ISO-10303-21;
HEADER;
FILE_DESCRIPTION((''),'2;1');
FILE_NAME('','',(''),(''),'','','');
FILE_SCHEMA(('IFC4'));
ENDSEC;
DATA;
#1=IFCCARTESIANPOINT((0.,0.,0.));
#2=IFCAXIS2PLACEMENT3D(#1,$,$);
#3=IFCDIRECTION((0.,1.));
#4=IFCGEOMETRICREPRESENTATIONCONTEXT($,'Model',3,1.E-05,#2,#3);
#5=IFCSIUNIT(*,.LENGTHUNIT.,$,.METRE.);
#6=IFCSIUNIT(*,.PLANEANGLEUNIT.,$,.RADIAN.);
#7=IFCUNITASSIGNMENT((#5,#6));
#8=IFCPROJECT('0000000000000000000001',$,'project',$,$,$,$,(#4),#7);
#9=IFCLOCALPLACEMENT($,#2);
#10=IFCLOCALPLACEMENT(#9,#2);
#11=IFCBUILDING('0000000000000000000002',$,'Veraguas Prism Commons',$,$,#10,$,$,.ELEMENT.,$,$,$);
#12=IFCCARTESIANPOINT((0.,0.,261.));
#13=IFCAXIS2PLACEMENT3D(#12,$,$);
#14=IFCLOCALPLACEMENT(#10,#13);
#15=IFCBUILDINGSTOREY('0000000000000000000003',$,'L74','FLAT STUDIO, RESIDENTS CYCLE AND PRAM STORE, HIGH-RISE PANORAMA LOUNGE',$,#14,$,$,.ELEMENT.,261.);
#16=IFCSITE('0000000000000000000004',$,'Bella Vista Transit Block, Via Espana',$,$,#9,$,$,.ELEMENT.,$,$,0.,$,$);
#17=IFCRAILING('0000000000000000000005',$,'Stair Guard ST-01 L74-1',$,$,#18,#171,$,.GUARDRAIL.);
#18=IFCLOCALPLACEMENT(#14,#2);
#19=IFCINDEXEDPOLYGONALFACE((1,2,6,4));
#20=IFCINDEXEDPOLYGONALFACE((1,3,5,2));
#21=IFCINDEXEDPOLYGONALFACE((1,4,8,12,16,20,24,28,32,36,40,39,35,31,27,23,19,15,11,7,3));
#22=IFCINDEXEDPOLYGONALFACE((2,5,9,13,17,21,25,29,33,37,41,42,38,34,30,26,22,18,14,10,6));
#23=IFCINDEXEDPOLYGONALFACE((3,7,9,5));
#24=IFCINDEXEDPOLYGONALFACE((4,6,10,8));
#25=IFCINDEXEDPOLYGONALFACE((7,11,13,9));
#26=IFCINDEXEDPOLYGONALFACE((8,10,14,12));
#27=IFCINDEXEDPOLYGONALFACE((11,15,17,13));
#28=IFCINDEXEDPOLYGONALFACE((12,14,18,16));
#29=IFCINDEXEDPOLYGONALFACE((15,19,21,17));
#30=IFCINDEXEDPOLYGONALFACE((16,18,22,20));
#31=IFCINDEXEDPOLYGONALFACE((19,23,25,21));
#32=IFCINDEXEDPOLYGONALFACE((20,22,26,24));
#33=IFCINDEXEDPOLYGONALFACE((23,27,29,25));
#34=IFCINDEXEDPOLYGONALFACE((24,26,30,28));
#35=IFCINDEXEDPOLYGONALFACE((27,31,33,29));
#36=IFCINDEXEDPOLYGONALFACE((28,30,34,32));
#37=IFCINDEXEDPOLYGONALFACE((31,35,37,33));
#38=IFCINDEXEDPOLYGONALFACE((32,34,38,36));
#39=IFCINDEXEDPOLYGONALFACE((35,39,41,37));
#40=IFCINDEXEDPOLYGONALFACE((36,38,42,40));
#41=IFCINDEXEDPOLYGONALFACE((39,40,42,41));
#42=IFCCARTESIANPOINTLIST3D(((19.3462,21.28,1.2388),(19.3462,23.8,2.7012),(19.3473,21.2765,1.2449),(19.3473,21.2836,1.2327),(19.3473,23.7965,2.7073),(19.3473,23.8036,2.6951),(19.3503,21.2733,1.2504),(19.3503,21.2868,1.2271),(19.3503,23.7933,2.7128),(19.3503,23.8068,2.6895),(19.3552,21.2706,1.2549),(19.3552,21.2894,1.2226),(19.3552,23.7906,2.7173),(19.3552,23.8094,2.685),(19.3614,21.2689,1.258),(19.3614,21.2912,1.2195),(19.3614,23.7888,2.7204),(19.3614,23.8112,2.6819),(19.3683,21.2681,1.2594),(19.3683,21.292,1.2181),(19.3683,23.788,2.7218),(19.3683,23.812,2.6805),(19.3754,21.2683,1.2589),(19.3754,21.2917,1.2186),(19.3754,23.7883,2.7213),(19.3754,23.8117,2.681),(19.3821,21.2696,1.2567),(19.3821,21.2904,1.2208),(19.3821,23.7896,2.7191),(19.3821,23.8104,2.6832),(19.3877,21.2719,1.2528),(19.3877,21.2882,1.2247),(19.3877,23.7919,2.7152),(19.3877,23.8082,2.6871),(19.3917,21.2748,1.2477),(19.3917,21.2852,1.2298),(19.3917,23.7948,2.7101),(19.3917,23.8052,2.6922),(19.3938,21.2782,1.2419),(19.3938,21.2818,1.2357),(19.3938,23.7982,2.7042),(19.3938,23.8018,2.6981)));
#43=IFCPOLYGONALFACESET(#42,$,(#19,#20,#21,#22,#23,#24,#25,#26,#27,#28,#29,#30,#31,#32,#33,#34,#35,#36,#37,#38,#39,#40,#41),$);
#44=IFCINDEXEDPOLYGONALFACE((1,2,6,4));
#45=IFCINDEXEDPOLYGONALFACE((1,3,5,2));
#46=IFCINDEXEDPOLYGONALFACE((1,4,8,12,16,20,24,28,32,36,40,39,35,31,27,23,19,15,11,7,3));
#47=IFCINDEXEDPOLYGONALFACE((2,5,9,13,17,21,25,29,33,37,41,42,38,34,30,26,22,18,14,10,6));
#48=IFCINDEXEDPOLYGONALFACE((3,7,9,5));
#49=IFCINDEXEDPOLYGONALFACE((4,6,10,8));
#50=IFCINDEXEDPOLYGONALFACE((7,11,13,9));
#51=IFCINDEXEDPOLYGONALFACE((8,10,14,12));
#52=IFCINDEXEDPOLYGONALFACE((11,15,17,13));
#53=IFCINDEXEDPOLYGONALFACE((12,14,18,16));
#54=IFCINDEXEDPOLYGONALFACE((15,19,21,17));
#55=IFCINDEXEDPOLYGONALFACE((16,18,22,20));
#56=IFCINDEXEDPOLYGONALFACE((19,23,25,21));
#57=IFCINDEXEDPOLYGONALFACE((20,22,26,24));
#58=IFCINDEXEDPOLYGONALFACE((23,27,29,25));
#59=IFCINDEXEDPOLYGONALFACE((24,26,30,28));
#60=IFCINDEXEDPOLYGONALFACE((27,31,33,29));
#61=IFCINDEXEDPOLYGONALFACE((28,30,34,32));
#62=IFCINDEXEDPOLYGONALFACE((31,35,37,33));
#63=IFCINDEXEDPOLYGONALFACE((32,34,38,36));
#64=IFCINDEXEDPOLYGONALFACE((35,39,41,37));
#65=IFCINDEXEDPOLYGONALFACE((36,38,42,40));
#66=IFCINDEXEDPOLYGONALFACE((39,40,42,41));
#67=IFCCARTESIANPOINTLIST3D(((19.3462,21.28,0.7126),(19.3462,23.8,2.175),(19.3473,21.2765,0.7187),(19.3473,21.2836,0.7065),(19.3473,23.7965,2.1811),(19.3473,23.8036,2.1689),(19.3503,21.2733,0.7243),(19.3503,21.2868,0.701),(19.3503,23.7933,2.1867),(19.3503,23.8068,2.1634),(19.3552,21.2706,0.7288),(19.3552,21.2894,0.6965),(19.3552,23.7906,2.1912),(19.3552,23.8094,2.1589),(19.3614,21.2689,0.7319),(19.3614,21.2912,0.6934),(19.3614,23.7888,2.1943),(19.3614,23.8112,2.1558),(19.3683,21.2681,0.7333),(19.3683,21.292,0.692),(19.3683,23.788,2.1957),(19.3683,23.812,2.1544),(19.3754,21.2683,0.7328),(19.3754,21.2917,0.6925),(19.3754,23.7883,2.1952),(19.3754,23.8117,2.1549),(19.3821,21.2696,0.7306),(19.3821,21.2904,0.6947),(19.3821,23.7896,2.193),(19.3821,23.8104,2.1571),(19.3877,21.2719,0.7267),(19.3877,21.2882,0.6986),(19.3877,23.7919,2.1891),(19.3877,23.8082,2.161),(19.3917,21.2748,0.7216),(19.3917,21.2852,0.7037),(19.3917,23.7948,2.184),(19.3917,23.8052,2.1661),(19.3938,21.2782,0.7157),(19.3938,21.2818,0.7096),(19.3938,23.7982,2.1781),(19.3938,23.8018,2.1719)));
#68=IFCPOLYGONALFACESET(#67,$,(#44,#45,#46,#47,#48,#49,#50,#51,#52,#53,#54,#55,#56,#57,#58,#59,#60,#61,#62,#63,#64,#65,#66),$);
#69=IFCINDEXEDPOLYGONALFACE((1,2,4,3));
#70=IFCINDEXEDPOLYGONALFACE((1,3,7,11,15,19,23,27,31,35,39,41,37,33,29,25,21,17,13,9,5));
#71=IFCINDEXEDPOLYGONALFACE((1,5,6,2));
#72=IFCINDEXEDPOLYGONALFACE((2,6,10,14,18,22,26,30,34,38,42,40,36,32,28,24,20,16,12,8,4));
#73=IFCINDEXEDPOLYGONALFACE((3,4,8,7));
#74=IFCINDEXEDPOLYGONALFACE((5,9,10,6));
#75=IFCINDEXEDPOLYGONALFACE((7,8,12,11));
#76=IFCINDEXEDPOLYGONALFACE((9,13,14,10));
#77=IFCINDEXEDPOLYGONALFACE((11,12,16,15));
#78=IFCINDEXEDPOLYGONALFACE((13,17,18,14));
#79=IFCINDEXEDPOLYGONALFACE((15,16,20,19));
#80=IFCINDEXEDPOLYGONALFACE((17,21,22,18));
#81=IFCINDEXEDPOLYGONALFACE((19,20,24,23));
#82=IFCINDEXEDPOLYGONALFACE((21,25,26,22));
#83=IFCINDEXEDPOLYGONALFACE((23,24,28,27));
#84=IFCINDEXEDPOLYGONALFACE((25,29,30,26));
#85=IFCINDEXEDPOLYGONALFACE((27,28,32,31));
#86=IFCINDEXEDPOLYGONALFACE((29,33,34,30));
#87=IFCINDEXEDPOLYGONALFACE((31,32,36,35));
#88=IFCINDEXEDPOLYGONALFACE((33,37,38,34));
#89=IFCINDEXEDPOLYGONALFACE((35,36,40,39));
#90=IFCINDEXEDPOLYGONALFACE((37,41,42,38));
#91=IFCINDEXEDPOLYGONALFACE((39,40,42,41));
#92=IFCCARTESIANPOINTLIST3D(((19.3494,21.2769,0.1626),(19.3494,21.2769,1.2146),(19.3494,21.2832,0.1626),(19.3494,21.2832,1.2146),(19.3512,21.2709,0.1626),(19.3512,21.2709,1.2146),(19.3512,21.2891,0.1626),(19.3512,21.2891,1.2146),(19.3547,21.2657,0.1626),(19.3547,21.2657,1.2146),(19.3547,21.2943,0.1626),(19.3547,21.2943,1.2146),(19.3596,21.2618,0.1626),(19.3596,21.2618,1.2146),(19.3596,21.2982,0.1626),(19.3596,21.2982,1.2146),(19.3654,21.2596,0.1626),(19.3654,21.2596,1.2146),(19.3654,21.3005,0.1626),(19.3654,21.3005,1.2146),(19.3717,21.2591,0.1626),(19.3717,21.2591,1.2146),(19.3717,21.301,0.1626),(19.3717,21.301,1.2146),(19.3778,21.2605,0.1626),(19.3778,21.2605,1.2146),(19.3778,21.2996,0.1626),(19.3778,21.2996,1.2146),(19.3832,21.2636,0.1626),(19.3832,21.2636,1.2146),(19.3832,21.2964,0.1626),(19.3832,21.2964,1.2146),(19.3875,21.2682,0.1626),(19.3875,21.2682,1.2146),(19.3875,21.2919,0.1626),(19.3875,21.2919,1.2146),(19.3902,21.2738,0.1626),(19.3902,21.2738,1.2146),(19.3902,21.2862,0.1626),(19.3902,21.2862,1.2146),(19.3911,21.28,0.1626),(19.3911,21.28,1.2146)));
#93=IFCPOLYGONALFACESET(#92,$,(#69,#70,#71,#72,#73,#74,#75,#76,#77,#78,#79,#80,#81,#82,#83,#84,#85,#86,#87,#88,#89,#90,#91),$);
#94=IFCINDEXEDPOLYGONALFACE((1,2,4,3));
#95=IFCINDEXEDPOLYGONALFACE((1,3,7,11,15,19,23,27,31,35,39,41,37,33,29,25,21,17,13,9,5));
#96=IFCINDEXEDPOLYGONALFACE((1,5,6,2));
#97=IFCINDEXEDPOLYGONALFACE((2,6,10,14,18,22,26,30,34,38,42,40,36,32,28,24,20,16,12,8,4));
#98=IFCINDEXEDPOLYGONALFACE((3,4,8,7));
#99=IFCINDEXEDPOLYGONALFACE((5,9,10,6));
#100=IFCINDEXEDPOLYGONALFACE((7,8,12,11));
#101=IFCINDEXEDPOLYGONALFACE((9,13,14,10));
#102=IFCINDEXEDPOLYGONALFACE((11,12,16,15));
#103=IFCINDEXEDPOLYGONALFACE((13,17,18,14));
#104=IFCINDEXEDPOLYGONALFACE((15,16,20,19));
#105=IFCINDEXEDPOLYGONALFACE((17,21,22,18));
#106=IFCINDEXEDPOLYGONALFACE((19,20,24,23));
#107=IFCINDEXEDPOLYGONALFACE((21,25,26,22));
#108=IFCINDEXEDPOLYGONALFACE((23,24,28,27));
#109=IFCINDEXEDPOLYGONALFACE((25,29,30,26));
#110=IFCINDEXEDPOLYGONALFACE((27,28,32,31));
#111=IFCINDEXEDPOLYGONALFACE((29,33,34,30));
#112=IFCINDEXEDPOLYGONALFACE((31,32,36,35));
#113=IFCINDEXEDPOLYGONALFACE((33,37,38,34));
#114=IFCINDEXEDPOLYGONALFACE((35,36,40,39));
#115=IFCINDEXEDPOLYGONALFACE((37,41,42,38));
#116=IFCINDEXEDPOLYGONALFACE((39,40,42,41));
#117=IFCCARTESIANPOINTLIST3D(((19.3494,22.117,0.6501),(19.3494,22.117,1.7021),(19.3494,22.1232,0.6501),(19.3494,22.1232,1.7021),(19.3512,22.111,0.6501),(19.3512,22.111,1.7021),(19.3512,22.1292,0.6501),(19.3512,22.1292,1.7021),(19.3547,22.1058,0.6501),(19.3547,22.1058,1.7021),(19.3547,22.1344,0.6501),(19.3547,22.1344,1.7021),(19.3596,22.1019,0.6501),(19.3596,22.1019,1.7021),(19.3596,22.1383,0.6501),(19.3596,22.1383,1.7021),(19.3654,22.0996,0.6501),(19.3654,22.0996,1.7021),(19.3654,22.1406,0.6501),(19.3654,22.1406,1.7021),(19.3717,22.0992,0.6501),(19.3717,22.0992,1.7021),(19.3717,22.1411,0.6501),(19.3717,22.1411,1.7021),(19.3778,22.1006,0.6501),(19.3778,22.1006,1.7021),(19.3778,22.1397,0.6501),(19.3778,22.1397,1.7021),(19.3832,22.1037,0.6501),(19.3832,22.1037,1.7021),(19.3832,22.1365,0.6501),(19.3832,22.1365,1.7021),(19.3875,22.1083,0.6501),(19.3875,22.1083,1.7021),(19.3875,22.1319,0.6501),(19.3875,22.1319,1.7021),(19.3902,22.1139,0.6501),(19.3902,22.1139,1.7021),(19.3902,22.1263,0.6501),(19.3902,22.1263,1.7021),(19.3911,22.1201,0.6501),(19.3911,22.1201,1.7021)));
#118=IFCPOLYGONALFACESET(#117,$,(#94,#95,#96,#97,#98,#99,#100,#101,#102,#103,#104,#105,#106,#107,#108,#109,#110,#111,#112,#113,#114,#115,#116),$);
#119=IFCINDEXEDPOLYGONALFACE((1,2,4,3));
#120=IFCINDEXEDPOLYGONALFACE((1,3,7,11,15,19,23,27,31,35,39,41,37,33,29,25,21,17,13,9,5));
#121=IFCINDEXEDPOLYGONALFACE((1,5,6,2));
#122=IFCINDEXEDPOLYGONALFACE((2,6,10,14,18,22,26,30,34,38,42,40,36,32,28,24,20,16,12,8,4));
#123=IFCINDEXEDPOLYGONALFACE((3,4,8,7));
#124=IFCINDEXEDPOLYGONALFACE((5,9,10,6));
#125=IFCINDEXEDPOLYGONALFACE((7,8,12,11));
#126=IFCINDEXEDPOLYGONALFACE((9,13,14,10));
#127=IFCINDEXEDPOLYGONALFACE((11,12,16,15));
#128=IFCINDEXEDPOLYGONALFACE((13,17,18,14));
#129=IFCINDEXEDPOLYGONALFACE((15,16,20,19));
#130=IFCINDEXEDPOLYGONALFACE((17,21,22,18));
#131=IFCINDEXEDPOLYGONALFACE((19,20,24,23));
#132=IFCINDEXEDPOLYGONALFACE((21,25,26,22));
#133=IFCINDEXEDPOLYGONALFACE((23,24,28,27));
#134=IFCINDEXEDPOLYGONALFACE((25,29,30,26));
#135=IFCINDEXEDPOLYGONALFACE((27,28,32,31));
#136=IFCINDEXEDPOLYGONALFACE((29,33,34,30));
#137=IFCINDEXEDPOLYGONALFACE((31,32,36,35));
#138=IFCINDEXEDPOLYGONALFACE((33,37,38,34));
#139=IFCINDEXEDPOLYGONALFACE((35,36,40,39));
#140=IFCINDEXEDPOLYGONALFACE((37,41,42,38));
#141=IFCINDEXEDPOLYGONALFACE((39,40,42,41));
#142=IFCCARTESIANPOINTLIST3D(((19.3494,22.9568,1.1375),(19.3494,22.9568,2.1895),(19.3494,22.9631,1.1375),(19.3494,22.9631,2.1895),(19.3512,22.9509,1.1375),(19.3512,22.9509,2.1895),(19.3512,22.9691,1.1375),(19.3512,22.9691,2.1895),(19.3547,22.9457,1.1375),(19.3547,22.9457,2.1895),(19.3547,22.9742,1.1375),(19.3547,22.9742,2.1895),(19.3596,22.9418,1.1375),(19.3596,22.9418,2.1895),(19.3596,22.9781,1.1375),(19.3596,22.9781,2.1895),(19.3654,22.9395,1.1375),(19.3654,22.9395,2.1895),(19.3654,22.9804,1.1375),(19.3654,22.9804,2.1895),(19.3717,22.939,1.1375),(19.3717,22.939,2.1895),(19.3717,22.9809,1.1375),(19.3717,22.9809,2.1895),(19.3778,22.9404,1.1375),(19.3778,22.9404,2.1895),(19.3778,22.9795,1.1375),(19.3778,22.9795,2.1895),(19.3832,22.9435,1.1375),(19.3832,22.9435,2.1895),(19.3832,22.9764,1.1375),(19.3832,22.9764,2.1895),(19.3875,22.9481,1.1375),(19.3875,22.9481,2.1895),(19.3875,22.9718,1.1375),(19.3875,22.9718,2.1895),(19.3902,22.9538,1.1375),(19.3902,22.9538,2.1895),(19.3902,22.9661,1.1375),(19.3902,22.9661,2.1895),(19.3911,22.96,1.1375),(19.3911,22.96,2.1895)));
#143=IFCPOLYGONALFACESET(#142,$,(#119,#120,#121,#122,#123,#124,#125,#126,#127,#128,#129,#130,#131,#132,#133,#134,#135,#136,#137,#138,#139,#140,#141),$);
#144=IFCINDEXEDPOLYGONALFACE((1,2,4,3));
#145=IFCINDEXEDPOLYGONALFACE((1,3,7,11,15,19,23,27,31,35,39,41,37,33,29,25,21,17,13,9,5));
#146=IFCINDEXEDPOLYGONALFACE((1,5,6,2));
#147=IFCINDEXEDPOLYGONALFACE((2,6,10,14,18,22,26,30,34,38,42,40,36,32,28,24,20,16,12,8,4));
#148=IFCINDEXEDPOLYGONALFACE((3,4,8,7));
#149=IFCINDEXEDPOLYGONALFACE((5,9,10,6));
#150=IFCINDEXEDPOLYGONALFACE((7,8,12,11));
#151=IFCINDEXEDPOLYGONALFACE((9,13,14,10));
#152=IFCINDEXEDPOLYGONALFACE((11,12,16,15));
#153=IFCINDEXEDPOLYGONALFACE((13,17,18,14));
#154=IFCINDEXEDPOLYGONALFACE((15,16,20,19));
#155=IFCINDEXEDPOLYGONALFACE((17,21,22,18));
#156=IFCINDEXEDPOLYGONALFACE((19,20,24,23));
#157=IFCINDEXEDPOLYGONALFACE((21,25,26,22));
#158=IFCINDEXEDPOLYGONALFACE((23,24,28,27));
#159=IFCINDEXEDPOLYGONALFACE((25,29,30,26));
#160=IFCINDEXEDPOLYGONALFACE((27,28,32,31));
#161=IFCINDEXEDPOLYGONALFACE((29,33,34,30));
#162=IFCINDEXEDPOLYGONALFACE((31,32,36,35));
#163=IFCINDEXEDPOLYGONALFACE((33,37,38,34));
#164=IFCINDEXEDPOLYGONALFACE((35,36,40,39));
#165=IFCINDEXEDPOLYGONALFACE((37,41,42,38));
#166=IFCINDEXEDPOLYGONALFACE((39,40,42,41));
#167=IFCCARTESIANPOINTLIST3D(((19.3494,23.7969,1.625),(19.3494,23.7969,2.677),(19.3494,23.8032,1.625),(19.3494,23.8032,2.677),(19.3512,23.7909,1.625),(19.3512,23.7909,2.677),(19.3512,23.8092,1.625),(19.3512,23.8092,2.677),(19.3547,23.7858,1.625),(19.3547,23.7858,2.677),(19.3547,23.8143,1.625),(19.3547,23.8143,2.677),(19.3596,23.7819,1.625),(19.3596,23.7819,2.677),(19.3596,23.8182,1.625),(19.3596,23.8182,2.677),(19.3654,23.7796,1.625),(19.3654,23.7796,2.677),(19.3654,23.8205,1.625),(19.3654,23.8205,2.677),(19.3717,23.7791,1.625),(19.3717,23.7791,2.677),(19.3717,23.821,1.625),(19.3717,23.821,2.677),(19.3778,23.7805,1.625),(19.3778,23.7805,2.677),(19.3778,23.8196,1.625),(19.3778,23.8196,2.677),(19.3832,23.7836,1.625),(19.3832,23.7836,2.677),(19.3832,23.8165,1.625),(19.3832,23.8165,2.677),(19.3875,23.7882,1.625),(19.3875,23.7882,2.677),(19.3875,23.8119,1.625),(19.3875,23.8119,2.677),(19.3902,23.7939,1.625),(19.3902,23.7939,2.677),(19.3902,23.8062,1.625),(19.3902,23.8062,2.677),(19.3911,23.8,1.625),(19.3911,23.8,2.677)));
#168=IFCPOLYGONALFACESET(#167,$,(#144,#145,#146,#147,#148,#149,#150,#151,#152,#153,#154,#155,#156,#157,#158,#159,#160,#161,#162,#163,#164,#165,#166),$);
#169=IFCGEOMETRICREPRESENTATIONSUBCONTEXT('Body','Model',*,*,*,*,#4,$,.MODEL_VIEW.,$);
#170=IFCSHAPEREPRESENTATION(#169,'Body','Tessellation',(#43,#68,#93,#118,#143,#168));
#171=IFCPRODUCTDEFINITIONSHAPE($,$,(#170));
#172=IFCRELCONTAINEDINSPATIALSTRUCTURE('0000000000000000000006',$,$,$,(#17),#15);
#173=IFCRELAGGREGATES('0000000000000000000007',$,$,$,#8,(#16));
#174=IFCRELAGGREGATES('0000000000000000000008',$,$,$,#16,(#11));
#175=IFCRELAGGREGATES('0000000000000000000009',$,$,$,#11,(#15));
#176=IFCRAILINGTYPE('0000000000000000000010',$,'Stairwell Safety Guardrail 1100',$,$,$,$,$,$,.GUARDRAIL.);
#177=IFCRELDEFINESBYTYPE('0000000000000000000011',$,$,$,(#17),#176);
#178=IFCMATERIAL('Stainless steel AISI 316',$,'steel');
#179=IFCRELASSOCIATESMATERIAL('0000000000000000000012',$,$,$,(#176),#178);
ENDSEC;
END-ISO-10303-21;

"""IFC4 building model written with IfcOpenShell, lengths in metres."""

from ifc_helpers import new_model, si_unit, direction, frame, origin, origin_2d, place, context, subcontext, project, spatial, circle, extrude, material, type_object, element, save


model = new_model("IFC4")

# Units and contexts
model_context = context("Model", 3, precision=1e-05, world=origin(), true_north=direction((0.0, 1.0)))
body_context = subcontext(model_context, "Body", "Model", "MODEL_VIEW")
ifc_project = project(units=[si_unit("LENGTHUNIT", "METRE"), si_unit("PLANEANGLEUNIT", "RADIAN")], contexts=[model_context])

# Site, building, storey
site_placement = place(None, origin())
site = spatial("IfcSite", under=ifc_project, at=site_placement, Name="Bella Vista Transit Block, Via Espana", CompositionType="ELEMENT", RefElevation=0.0)
building_placement = place(site_placement, origin())
building = spatial("IfcBuilding", under=site, at=building_placement, Name="Veraguas Prism Commons", CompositionType="ELEMENT")
storey_placement = place(building_placement, frame((0.0, 0.0, 261.0)))
storey = spatial("IfcBuildingStorey", under=building, at=storey_placement, Name="L74", Description="FLAT STUDIO, RESIDENTS CYCLE AND PRAM STORE, HIGH-RISE PANORAMA LOUNGE", CompositionType="ELEMENT", Elevation=261.0)

# Railing
ifc_material_1 = material(Name="Stainless steel AISI 316", Category="steel")
railing_type_1 = type_object("IfcRailingType", Name="Stairwell Safety Guardrail 1100", PredefinedType="GUARDRAIL", material=ifc_material_1)
railing_1_placement = place(storey_placement, frame((19.3701, 21.28, 0.1626)))
element("IfcRailing", 1, at=railing_1_placement, inside=storey, type_object=railing_type_1, Name="Stair Guard ST-01 L74-1", PredefinedType="GUARDRAIL", context=body_context, shape_type="SweptSolid", body=[
    extrude(circle(Radius=0.0239, at=origin_2d()), frame((0.0, 0.0, 1.0762), z_axis=(0.0, 0.864913, 0.501921), x_axis=(-1.0, 0.0, 0.0)), (0.0, 0.0, 1.0), 2.9136),
    extrude(circle(Radius=0.0239, at=origin_2d()), frame((0.0, 0.0, 0.55), z_axis=(0.0, 0.864913, 0.501921), x_axis=(-1.0, 0.0, 0.0)), (0.0, 0.0, 1.0), 2.9136),
    extrude(circle(Radius=0.021, at=origin_2d()), origin(), (0.0, 0.0, 1.0), 1.052),
    extrude(circle(Radius=0.021, at=origin_2d()), frame((0.0, 0.8401, 0.4875)), (0.0, 0.0, 1.0), 1.052),
    extrude(circle(Radius=0.021, at=origin_2d()), frame((0.0, 1.6799, 0.9749)), (0.0, 0.0, 1.0), 1.052),
    extrude(circle(Radius=0.021, at=origin_2d()), frame((0.0, 2.52, 1.4624)), (0.0, 0.0, 1.0), 1.052),
])

save(model, "model.ifc")
